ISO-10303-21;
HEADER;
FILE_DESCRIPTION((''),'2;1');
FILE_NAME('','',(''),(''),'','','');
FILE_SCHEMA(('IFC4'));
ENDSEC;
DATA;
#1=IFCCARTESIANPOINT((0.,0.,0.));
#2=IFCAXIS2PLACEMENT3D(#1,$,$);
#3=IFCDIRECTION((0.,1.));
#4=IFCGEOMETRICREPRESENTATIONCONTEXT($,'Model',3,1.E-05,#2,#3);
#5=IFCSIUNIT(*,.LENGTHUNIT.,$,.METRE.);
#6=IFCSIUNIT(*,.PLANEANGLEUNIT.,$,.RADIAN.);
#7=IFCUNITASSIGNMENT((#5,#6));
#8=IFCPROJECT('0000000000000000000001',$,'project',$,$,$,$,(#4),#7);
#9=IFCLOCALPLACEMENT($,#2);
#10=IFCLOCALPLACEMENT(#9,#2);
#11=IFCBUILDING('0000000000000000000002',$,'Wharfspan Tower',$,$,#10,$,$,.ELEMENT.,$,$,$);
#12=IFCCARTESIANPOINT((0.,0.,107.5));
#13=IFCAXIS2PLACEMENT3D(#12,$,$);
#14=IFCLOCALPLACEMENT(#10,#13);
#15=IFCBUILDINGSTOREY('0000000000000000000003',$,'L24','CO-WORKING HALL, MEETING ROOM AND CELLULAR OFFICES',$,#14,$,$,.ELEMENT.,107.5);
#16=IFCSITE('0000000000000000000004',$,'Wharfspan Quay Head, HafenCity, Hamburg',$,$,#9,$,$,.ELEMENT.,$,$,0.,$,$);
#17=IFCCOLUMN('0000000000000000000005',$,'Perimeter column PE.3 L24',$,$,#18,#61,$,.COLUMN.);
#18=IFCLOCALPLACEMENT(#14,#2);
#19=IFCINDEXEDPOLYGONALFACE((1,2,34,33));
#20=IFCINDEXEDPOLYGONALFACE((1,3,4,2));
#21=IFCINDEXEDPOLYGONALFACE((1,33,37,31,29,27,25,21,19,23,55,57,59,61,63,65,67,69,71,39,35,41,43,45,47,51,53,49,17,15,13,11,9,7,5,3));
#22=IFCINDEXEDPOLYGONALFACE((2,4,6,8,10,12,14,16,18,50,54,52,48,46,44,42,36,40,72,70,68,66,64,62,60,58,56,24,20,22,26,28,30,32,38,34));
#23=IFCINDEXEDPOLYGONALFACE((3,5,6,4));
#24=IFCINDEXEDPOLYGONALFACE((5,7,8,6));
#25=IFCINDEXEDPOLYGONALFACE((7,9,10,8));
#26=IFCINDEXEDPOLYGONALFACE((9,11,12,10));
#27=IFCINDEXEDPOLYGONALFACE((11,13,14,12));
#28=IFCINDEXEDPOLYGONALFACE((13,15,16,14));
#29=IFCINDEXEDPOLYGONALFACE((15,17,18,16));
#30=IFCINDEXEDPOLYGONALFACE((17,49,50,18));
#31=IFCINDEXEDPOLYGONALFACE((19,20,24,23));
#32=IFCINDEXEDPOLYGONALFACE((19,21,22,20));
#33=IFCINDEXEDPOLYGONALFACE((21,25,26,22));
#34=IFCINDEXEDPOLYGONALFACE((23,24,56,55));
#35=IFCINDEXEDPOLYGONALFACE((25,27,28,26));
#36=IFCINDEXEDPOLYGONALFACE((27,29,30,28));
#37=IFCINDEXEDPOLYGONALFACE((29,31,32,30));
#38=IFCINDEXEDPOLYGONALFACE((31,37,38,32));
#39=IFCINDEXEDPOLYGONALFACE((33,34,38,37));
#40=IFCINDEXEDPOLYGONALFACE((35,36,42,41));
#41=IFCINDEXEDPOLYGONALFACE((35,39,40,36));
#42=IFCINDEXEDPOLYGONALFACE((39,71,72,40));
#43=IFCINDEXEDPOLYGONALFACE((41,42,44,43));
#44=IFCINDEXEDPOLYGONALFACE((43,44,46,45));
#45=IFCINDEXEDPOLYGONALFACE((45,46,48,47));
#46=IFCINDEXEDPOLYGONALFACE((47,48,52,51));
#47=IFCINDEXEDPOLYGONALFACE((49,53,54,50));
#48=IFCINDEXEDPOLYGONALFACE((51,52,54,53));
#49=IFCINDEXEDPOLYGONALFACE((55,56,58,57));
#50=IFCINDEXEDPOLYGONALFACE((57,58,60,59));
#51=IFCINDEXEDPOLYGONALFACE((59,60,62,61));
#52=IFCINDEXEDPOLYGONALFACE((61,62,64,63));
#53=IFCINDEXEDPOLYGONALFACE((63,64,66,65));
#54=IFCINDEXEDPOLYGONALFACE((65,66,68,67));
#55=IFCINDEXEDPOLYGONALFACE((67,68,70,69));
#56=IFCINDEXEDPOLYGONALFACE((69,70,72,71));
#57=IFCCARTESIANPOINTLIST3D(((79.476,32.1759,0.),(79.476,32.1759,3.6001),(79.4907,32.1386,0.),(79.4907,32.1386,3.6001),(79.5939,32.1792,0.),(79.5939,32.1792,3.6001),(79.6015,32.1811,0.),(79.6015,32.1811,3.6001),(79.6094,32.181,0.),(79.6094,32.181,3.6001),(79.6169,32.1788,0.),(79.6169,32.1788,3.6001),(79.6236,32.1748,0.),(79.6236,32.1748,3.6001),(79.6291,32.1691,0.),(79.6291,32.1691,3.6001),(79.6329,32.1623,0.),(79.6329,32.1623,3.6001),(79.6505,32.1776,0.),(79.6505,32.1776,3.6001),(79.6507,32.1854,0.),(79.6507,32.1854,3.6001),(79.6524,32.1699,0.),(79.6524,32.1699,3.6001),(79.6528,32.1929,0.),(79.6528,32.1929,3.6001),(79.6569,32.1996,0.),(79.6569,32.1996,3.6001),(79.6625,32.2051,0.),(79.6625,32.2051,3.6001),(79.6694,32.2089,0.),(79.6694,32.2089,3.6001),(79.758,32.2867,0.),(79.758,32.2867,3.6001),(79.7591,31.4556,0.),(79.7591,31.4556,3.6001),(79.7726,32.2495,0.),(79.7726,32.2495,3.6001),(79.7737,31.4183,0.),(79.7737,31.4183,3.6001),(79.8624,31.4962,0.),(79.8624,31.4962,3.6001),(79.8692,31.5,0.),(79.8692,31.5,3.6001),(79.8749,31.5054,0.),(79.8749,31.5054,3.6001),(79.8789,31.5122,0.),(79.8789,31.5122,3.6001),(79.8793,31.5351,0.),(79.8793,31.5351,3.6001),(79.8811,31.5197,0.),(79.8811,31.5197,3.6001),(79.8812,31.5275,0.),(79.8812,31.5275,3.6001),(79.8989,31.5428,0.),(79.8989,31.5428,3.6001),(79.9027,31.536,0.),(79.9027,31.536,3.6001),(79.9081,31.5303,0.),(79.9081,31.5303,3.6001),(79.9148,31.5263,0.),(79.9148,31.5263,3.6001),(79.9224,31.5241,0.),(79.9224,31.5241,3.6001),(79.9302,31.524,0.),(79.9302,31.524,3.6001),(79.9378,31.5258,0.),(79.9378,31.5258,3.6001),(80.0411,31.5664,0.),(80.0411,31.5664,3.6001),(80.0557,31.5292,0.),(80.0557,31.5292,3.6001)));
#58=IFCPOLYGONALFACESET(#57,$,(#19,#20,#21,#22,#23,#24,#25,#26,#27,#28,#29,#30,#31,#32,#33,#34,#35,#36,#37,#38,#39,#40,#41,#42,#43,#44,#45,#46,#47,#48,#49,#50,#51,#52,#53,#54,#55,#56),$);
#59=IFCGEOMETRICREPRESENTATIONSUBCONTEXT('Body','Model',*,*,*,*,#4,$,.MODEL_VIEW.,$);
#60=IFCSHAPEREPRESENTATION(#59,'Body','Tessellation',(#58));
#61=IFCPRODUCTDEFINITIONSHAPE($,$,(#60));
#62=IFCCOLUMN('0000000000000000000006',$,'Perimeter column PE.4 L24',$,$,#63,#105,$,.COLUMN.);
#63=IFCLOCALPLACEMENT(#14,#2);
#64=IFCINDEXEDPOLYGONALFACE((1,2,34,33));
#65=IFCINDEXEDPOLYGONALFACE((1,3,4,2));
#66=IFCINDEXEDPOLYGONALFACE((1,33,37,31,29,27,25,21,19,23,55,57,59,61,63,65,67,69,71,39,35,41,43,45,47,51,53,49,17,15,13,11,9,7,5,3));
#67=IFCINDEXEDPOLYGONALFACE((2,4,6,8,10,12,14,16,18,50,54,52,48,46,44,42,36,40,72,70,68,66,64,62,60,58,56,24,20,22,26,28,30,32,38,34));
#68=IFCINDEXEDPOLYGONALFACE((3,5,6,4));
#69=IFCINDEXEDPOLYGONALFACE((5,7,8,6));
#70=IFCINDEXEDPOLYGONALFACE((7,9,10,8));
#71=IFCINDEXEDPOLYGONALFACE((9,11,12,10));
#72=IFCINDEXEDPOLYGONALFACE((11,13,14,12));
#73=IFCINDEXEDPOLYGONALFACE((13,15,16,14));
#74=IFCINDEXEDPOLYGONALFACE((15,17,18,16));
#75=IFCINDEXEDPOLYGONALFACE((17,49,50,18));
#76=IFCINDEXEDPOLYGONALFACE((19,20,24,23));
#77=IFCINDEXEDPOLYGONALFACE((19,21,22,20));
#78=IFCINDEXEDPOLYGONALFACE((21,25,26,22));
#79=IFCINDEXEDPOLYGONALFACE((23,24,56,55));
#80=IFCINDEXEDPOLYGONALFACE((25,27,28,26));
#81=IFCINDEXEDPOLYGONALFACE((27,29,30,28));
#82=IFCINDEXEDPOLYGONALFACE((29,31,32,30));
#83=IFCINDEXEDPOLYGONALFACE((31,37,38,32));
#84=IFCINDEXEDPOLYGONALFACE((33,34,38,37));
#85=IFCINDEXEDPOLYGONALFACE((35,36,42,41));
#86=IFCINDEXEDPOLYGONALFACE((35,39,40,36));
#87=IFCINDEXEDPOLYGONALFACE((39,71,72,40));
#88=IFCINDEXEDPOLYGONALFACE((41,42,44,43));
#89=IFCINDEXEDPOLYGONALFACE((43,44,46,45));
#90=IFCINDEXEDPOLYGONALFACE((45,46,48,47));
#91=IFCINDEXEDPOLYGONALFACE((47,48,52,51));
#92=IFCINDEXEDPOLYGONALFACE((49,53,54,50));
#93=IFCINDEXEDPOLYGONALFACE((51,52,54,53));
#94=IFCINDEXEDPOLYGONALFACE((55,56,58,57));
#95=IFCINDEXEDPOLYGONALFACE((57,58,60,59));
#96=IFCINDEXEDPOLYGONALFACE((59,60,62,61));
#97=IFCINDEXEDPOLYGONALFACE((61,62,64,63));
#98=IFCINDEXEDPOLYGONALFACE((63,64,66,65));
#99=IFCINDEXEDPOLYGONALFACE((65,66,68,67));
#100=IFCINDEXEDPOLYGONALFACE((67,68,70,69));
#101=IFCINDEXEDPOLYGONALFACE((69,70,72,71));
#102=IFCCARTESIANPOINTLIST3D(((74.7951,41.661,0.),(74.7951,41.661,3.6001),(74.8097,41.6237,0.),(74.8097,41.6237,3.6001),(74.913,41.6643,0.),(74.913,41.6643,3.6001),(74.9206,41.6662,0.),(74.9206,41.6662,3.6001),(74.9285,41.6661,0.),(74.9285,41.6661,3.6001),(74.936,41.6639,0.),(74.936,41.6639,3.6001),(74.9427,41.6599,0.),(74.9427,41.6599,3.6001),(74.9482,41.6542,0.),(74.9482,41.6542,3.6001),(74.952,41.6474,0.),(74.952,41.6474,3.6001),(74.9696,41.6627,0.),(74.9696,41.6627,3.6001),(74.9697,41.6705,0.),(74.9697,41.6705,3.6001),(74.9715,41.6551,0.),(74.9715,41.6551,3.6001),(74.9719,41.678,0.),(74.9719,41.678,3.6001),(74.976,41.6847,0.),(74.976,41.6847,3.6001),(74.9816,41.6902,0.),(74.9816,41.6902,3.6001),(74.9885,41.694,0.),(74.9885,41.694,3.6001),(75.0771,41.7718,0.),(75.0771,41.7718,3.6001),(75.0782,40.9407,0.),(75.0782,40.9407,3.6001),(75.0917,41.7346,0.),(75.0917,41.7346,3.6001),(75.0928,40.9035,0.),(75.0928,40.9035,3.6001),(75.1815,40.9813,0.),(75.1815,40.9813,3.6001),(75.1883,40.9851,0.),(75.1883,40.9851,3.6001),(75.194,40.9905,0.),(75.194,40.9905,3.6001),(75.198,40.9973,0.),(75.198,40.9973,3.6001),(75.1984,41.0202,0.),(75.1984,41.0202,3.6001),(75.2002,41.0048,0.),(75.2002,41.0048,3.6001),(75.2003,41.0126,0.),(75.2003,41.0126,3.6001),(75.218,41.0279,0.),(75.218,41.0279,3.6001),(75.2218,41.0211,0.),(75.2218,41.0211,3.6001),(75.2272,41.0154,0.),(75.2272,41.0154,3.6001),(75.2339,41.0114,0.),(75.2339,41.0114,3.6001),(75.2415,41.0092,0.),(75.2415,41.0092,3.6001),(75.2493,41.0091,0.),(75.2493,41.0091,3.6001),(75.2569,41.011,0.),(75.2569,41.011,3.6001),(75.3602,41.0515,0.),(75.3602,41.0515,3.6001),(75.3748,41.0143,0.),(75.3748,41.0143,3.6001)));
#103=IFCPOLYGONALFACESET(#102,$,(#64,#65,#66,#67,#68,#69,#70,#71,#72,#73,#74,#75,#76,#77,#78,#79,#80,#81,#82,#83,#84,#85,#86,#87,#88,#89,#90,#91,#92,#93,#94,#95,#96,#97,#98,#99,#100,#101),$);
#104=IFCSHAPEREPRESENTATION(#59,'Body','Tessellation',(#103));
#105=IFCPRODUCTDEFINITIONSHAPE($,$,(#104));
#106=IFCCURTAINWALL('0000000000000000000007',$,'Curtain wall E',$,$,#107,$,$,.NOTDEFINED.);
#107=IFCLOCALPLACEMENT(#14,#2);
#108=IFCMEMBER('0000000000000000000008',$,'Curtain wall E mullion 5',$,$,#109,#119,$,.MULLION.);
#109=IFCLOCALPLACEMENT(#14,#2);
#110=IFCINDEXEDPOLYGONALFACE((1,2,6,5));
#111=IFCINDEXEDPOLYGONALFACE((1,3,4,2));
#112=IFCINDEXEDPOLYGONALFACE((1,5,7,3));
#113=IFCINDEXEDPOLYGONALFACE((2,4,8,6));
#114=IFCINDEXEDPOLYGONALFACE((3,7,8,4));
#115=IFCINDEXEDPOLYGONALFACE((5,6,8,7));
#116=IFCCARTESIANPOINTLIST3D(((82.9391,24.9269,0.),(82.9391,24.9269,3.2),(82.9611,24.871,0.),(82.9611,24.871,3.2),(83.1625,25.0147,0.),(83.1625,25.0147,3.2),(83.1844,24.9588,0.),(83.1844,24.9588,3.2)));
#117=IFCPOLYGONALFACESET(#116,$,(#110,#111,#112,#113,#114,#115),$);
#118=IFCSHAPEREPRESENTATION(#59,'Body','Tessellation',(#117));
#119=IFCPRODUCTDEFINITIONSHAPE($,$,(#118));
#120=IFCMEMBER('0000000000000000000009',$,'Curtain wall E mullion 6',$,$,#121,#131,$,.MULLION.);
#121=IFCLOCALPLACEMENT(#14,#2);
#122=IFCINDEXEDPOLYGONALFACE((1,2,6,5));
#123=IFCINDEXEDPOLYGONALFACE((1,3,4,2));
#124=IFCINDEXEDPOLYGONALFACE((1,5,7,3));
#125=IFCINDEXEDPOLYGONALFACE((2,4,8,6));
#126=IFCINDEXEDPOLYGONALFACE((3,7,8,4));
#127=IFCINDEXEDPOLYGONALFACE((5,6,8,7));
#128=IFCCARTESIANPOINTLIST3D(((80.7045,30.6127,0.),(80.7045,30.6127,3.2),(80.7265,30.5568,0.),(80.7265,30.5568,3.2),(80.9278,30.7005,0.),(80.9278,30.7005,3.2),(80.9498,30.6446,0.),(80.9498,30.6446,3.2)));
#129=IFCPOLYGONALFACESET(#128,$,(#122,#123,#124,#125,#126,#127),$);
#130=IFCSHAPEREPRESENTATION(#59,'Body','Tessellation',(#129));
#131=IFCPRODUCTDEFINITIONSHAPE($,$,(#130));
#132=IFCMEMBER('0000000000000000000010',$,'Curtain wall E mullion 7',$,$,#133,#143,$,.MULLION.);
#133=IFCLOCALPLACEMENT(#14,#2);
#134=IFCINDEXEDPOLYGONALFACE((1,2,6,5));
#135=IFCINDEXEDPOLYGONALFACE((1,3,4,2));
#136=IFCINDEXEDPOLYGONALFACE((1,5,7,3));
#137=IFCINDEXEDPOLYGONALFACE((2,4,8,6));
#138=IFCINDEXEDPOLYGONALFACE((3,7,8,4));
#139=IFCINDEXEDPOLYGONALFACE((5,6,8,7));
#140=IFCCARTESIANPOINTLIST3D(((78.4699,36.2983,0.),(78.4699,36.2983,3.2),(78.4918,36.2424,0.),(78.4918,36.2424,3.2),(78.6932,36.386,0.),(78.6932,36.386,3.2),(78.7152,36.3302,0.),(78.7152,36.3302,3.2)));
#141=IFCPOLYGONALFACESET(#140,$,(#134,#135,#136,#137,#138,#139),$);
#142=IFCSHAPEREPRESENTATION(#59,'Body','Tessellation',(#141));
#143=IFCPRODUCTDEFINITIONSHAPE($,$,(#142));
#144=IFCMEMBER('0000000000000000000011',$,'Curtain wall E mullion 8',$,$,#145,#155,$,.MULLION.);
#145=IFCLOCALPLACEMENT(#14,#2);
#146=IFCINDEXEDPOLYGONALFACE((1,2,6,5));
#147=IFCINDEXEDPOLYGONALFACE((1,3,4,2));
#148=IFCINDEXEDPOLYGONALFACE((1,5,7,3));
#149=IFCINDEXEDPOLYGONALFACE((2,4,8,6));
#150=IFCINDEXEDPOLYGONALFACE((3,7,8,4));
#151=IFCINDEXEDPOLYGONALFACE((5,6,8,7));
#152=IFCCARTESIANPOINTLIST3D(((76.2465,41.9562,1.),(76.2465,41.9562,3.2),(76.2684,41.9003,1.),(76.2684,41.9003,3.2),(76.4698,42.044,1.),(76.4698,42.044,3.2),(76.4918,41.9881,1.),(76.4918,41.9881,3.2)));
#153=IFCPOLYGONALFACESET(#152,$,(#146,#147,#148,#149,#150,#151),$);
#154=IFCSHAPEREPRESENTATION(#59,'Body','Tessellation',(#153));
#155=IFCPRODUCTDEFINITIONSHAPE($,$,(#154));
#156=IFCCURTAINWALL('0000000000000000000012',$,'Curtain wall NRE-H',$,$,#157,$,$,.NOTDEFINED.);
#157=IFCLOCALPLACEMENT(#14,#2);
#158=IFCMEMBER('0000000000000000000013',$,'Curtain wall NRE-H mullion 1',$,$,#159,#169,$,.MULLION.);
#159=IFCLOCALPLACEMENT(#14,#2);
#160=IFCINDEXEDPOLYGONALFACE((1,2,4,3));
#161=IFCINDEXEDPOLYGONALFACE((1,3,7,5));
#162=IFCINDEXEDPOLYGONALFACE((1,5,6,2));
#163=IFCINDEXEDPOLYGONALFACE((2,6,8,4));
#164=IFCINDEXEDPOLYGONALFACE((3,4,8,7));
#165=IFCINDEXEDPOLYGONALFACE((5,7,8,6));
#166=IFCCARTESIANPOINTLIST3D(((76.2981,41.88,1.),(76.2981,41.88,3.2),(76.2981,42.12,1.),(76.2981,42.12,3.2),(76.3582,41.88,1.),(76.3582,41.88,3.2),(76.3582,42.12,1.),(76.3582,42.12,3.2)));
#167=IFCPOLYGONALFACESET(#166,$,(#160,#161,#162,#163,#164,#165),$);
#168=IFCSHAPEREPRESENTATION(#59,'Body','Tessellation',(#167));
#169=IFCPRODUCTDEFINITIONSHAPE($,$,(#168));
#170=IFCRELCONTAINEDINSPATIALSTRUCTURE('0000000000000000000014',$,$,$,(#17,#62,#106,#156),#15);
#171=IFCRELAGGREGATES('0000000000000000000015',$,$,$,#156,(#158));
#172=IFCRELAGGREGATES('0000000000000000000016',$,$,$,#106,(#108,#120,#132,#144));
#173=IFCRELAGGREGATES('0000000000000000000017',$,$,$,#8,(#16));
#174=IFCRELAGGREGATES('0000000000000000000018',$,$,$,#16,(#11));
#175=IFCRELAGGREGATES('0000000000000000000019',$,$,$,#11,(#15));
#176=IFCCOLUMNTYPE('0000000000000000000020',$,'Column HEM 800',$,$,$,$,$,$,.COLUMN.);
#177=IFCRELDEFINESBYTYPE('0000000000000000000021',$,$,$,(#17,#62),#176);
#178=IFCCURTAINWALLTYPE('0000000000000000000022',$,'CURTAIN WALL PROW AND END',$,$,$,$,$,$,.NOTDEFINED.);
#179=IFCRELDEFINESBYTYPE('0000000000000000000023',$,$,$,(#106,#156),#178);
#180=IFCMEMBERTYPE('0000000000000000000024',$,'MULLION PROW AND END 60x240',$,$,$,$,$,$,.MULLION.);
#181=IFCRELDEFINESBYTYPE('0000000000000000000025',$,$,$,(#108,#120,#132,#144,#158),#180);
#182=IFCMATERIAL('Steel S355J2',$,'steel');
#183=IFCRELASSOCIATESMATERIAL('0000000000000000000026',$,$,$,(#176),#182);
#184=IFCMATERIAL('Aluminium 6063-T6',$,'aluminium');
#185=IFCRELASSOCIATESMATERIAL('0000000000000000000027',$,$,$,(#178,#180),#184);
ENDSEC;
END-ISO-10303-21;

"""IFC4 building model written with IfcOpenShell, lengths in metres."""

from ifc_helpers import new_model, si_unit, direction, frame, origin, origin_2d, place, context, subcontext, project, spatial, rectangle, i_section, extrude, material, material_profile, profile_set, type_object, element, aggregate, save


model = new_model("IFC4")

# Units and contexts
model_context = context("Model", 3, precision=1e-05, world=origin(), true_north=direction((0.0, 1.0)))
body_context = subcontext(model_context, "Body", "Model", "MODEL_VIEW")
ifc_project = project(units=[si_unit("LENGTHUNIT", "METRE"), si_unit("PLANEANGLEUNIT", "RADIAN")], contexts=[model_context])

# Site, building, storey
site_placement = place(None, origin())
site = spatial("IfcSite", under=ifc_project, at=site_placement, Name="Wharfspan Quay Head, HafenCity, Hamburg", CompositionType="ELEMENT", RefElevation=0.0)
building_placement = place(site_placement, origin())
building = spatial("IfcBuilding", under=site, at=building_placement, Name="Wharfspan Tower", CompositionType="ELEMENT")
storey_placement = place(building_placement, frame((0.0, 0.0, 107.5)))
storey = spatial("IfcBuildingStorey", under=building, at=storey_placement, Name="L24", Description="CO-WORKING HALL, MEETING ROOM AND CELLULAR OFFICES", CompositionType="ELEMENT", Elevation=107.5)

# Columns
ifc_material_1 = material(Name="Steel S355J2", Category="steel")
ifc_material_profile_1 = material_profile(ifc_material_1, i_section(OverallWidth=0.303, OverallDepth=0.814, WebThickness=0.021, FlangeThickness=0.04, FilletRadius=0.03, at=origin_2d()))
ifc_profile_set_1 = profile_set([ifc_material_profile_1], Name="Steel S355J2")
column_type = type_object("IfcColumnType", Name="Column HEM 800", PredefinedType="COLUMN", material=ifc_profile_set_1)
for number, where, z_axis, x_axis, name in (
    (1, (79.7659, 31.8525, 0.0), (0.0, 0.0, 1.0), (0.930702, 0.365778, 0.0), "Perimeter column PE.3 L24"),
    (2, (75.085, 41.3376, 0.0), (0.0, 0.0, 1.0), (0.930702, 0.365778, 0.0), "Perimeter column PE.4 L24"),
):
    element("IfcColumn", number, at=place(storey_placement, frame(where, z_axis=z_axis, x_axis=x_axis)), inside=storey, type_object=column_type, Name=name, PredefinedType="COLUMN", context=body_context, shape_type="SweptSolid", body=[
        extrude(i_section(OverallWidth=0.303, OverallDepth=0.814, WebThickness=0.021, FlangeThickness=0.04, FilletRadius=0.03, at=origin_2d()), origin(), (0.0, 0.0, 1.0), 3.6001),
    ])

# Curtain wall, members
ifc_material_2 = material(Name="Aluminium 6063-T6", Category="aluminium")
curtain_wall_type = type_object("IfcCurtainWallType", Name="CURTAIN WALL PROW AND END", PredefinedType="NOTDEFINED", material=ifc_material_2)
curtain_wall_1_placement = place(storey_placement, origin())
curtain_wall_1 = element("IfcCurtainWall", 3, at=curtain_wall_1_placement, inside=storey, type_object=curtain_wall_type, Name="Curtain wall E", PredefinedType="NOTDEFINED")
ifc_material_profile_2 = material_profile(ifc_material_2, rectangle(XDim=0.24, YDim=0.0601, at=origin_2d()))
ifc_profile_set_2 = profile_set([ifc_material_profile_2], Name="Aluminium 6063-T6")
member_type_1 = type_object("IfcMemberType", Name="MULLION PROW AND END 60x240", PredefinedType="MULLION", material=ifc_profile_set_2)
member_1_placement = place(storey_placement, frame((83.0618, 24.9429, 0.0), z_axis=(0.0, 0.0, 1.0), x_axis=(-0.930702, -0.365778, 0.0)))
member_1 = element("IfcMember", 4, at=member_1_placement, type_object=member_type_1, Name="Curtain wall E mullion 5", PredefinedType="MULLION", context=body_context, shape_type="SweptSolid", body=[
    extrude(rectangle(XDim=0.24, YDim=0.0601, at=origin_2d()), origin(), (0.0, 0.0, 1.0), 3.2),
])
member_2_placement = place(storey_placement, frame((80.8271, 30.6287, 0.0), z_axis=(0.0, 0.0, 1.0), x_axis=(-0.930702, -0.365778, 0.0)))
member_2 = element("IfcMember", 5, at=member_2_placement, type_object=member_type_1, Name="Curtain wall E mullion 6", PredefinedType="MULLION", context=body_context, shape_type="SweptSolid", body=[
    extrude(rectangle(XDim=0.24, YDim=0.0601, at=origin_2d()), origin(), (0.0, 0.0, 1.0), 3.2),
])
member_3_placement = place(storey_placement, frame((78.5925, 36.3142, 0.0), z_axis=(0.0, 0.0, 1.0), x_axis=(-0.930702, -0.365778, 0.0)))
member_3 = element("IfcMember", 6, at=member_3_placement, type_object=member_type_1, Name="Curtain wall E mullion 7", PredefinedType="MULLION", context=body_context, shape_type="SweptSolid", body=[
    extrude(rectangle(XDim=0.24, YDim=0.0601, at=origin_2d()), origin(), (0.0, 0.0, 1.0), 3.2),
])
member_4_placement = place(storey_placement, frame((76.3691, 41.9722, 1.0), z_axis=(0.0, 0.0, 1.0), x_axis=(-0.930702, -0.365778, 0.0)))
member_4 = element("IfcMember", 7, at=member_4_placement, type_object=member_type_1, Name="Curtain wall E mullion 8", PredefinedType="MULLION", context=body_context, shape_type="SweptSolid", body=[
    extrude(rectangle(XDim=0.24, YDim=0.0601, at=origin_2d()), origin(), (0.0, 0.0, 1.0), 2.2),
])

# Curtain wall, member
curtain_wall_2_placement = place(storey_placement, origin())
curtain_wall_2 = element("IfcCurtainWall", 8, at=curtain_wall_2_placement, inside=storey, type_object=curtain_wall_type, Name="Curtain wall NRE-H", PredefinedType="NOTDEFINED")
member_5_placement = place(storey_placement, frame((76.3281, 42.0, 1.0), z_axis=(0.0, 0.0, 1.0), x_axis=(0.0, -1.0, 0.0)))
member_5 = element("IfcMember", 9, at=member_5_placement, type_object=member_type_1, Name="Curtain wall NRE-H mullion 1", PredefinedType="MULLION", context=body_context, shape_type="SweptSolid", body=[
    extrude(rectangle(XDim=0.24, YDim=0.0601, at=origin_2d()), origin(), (0.0, 0.0, 1.0), 2.2),
])

aggregate(curtain_wall_2, [member_5])
aggregate(curtain_wall_1, [member_1, member_2, member_3, member_4])

save(model, "model.ifc")
